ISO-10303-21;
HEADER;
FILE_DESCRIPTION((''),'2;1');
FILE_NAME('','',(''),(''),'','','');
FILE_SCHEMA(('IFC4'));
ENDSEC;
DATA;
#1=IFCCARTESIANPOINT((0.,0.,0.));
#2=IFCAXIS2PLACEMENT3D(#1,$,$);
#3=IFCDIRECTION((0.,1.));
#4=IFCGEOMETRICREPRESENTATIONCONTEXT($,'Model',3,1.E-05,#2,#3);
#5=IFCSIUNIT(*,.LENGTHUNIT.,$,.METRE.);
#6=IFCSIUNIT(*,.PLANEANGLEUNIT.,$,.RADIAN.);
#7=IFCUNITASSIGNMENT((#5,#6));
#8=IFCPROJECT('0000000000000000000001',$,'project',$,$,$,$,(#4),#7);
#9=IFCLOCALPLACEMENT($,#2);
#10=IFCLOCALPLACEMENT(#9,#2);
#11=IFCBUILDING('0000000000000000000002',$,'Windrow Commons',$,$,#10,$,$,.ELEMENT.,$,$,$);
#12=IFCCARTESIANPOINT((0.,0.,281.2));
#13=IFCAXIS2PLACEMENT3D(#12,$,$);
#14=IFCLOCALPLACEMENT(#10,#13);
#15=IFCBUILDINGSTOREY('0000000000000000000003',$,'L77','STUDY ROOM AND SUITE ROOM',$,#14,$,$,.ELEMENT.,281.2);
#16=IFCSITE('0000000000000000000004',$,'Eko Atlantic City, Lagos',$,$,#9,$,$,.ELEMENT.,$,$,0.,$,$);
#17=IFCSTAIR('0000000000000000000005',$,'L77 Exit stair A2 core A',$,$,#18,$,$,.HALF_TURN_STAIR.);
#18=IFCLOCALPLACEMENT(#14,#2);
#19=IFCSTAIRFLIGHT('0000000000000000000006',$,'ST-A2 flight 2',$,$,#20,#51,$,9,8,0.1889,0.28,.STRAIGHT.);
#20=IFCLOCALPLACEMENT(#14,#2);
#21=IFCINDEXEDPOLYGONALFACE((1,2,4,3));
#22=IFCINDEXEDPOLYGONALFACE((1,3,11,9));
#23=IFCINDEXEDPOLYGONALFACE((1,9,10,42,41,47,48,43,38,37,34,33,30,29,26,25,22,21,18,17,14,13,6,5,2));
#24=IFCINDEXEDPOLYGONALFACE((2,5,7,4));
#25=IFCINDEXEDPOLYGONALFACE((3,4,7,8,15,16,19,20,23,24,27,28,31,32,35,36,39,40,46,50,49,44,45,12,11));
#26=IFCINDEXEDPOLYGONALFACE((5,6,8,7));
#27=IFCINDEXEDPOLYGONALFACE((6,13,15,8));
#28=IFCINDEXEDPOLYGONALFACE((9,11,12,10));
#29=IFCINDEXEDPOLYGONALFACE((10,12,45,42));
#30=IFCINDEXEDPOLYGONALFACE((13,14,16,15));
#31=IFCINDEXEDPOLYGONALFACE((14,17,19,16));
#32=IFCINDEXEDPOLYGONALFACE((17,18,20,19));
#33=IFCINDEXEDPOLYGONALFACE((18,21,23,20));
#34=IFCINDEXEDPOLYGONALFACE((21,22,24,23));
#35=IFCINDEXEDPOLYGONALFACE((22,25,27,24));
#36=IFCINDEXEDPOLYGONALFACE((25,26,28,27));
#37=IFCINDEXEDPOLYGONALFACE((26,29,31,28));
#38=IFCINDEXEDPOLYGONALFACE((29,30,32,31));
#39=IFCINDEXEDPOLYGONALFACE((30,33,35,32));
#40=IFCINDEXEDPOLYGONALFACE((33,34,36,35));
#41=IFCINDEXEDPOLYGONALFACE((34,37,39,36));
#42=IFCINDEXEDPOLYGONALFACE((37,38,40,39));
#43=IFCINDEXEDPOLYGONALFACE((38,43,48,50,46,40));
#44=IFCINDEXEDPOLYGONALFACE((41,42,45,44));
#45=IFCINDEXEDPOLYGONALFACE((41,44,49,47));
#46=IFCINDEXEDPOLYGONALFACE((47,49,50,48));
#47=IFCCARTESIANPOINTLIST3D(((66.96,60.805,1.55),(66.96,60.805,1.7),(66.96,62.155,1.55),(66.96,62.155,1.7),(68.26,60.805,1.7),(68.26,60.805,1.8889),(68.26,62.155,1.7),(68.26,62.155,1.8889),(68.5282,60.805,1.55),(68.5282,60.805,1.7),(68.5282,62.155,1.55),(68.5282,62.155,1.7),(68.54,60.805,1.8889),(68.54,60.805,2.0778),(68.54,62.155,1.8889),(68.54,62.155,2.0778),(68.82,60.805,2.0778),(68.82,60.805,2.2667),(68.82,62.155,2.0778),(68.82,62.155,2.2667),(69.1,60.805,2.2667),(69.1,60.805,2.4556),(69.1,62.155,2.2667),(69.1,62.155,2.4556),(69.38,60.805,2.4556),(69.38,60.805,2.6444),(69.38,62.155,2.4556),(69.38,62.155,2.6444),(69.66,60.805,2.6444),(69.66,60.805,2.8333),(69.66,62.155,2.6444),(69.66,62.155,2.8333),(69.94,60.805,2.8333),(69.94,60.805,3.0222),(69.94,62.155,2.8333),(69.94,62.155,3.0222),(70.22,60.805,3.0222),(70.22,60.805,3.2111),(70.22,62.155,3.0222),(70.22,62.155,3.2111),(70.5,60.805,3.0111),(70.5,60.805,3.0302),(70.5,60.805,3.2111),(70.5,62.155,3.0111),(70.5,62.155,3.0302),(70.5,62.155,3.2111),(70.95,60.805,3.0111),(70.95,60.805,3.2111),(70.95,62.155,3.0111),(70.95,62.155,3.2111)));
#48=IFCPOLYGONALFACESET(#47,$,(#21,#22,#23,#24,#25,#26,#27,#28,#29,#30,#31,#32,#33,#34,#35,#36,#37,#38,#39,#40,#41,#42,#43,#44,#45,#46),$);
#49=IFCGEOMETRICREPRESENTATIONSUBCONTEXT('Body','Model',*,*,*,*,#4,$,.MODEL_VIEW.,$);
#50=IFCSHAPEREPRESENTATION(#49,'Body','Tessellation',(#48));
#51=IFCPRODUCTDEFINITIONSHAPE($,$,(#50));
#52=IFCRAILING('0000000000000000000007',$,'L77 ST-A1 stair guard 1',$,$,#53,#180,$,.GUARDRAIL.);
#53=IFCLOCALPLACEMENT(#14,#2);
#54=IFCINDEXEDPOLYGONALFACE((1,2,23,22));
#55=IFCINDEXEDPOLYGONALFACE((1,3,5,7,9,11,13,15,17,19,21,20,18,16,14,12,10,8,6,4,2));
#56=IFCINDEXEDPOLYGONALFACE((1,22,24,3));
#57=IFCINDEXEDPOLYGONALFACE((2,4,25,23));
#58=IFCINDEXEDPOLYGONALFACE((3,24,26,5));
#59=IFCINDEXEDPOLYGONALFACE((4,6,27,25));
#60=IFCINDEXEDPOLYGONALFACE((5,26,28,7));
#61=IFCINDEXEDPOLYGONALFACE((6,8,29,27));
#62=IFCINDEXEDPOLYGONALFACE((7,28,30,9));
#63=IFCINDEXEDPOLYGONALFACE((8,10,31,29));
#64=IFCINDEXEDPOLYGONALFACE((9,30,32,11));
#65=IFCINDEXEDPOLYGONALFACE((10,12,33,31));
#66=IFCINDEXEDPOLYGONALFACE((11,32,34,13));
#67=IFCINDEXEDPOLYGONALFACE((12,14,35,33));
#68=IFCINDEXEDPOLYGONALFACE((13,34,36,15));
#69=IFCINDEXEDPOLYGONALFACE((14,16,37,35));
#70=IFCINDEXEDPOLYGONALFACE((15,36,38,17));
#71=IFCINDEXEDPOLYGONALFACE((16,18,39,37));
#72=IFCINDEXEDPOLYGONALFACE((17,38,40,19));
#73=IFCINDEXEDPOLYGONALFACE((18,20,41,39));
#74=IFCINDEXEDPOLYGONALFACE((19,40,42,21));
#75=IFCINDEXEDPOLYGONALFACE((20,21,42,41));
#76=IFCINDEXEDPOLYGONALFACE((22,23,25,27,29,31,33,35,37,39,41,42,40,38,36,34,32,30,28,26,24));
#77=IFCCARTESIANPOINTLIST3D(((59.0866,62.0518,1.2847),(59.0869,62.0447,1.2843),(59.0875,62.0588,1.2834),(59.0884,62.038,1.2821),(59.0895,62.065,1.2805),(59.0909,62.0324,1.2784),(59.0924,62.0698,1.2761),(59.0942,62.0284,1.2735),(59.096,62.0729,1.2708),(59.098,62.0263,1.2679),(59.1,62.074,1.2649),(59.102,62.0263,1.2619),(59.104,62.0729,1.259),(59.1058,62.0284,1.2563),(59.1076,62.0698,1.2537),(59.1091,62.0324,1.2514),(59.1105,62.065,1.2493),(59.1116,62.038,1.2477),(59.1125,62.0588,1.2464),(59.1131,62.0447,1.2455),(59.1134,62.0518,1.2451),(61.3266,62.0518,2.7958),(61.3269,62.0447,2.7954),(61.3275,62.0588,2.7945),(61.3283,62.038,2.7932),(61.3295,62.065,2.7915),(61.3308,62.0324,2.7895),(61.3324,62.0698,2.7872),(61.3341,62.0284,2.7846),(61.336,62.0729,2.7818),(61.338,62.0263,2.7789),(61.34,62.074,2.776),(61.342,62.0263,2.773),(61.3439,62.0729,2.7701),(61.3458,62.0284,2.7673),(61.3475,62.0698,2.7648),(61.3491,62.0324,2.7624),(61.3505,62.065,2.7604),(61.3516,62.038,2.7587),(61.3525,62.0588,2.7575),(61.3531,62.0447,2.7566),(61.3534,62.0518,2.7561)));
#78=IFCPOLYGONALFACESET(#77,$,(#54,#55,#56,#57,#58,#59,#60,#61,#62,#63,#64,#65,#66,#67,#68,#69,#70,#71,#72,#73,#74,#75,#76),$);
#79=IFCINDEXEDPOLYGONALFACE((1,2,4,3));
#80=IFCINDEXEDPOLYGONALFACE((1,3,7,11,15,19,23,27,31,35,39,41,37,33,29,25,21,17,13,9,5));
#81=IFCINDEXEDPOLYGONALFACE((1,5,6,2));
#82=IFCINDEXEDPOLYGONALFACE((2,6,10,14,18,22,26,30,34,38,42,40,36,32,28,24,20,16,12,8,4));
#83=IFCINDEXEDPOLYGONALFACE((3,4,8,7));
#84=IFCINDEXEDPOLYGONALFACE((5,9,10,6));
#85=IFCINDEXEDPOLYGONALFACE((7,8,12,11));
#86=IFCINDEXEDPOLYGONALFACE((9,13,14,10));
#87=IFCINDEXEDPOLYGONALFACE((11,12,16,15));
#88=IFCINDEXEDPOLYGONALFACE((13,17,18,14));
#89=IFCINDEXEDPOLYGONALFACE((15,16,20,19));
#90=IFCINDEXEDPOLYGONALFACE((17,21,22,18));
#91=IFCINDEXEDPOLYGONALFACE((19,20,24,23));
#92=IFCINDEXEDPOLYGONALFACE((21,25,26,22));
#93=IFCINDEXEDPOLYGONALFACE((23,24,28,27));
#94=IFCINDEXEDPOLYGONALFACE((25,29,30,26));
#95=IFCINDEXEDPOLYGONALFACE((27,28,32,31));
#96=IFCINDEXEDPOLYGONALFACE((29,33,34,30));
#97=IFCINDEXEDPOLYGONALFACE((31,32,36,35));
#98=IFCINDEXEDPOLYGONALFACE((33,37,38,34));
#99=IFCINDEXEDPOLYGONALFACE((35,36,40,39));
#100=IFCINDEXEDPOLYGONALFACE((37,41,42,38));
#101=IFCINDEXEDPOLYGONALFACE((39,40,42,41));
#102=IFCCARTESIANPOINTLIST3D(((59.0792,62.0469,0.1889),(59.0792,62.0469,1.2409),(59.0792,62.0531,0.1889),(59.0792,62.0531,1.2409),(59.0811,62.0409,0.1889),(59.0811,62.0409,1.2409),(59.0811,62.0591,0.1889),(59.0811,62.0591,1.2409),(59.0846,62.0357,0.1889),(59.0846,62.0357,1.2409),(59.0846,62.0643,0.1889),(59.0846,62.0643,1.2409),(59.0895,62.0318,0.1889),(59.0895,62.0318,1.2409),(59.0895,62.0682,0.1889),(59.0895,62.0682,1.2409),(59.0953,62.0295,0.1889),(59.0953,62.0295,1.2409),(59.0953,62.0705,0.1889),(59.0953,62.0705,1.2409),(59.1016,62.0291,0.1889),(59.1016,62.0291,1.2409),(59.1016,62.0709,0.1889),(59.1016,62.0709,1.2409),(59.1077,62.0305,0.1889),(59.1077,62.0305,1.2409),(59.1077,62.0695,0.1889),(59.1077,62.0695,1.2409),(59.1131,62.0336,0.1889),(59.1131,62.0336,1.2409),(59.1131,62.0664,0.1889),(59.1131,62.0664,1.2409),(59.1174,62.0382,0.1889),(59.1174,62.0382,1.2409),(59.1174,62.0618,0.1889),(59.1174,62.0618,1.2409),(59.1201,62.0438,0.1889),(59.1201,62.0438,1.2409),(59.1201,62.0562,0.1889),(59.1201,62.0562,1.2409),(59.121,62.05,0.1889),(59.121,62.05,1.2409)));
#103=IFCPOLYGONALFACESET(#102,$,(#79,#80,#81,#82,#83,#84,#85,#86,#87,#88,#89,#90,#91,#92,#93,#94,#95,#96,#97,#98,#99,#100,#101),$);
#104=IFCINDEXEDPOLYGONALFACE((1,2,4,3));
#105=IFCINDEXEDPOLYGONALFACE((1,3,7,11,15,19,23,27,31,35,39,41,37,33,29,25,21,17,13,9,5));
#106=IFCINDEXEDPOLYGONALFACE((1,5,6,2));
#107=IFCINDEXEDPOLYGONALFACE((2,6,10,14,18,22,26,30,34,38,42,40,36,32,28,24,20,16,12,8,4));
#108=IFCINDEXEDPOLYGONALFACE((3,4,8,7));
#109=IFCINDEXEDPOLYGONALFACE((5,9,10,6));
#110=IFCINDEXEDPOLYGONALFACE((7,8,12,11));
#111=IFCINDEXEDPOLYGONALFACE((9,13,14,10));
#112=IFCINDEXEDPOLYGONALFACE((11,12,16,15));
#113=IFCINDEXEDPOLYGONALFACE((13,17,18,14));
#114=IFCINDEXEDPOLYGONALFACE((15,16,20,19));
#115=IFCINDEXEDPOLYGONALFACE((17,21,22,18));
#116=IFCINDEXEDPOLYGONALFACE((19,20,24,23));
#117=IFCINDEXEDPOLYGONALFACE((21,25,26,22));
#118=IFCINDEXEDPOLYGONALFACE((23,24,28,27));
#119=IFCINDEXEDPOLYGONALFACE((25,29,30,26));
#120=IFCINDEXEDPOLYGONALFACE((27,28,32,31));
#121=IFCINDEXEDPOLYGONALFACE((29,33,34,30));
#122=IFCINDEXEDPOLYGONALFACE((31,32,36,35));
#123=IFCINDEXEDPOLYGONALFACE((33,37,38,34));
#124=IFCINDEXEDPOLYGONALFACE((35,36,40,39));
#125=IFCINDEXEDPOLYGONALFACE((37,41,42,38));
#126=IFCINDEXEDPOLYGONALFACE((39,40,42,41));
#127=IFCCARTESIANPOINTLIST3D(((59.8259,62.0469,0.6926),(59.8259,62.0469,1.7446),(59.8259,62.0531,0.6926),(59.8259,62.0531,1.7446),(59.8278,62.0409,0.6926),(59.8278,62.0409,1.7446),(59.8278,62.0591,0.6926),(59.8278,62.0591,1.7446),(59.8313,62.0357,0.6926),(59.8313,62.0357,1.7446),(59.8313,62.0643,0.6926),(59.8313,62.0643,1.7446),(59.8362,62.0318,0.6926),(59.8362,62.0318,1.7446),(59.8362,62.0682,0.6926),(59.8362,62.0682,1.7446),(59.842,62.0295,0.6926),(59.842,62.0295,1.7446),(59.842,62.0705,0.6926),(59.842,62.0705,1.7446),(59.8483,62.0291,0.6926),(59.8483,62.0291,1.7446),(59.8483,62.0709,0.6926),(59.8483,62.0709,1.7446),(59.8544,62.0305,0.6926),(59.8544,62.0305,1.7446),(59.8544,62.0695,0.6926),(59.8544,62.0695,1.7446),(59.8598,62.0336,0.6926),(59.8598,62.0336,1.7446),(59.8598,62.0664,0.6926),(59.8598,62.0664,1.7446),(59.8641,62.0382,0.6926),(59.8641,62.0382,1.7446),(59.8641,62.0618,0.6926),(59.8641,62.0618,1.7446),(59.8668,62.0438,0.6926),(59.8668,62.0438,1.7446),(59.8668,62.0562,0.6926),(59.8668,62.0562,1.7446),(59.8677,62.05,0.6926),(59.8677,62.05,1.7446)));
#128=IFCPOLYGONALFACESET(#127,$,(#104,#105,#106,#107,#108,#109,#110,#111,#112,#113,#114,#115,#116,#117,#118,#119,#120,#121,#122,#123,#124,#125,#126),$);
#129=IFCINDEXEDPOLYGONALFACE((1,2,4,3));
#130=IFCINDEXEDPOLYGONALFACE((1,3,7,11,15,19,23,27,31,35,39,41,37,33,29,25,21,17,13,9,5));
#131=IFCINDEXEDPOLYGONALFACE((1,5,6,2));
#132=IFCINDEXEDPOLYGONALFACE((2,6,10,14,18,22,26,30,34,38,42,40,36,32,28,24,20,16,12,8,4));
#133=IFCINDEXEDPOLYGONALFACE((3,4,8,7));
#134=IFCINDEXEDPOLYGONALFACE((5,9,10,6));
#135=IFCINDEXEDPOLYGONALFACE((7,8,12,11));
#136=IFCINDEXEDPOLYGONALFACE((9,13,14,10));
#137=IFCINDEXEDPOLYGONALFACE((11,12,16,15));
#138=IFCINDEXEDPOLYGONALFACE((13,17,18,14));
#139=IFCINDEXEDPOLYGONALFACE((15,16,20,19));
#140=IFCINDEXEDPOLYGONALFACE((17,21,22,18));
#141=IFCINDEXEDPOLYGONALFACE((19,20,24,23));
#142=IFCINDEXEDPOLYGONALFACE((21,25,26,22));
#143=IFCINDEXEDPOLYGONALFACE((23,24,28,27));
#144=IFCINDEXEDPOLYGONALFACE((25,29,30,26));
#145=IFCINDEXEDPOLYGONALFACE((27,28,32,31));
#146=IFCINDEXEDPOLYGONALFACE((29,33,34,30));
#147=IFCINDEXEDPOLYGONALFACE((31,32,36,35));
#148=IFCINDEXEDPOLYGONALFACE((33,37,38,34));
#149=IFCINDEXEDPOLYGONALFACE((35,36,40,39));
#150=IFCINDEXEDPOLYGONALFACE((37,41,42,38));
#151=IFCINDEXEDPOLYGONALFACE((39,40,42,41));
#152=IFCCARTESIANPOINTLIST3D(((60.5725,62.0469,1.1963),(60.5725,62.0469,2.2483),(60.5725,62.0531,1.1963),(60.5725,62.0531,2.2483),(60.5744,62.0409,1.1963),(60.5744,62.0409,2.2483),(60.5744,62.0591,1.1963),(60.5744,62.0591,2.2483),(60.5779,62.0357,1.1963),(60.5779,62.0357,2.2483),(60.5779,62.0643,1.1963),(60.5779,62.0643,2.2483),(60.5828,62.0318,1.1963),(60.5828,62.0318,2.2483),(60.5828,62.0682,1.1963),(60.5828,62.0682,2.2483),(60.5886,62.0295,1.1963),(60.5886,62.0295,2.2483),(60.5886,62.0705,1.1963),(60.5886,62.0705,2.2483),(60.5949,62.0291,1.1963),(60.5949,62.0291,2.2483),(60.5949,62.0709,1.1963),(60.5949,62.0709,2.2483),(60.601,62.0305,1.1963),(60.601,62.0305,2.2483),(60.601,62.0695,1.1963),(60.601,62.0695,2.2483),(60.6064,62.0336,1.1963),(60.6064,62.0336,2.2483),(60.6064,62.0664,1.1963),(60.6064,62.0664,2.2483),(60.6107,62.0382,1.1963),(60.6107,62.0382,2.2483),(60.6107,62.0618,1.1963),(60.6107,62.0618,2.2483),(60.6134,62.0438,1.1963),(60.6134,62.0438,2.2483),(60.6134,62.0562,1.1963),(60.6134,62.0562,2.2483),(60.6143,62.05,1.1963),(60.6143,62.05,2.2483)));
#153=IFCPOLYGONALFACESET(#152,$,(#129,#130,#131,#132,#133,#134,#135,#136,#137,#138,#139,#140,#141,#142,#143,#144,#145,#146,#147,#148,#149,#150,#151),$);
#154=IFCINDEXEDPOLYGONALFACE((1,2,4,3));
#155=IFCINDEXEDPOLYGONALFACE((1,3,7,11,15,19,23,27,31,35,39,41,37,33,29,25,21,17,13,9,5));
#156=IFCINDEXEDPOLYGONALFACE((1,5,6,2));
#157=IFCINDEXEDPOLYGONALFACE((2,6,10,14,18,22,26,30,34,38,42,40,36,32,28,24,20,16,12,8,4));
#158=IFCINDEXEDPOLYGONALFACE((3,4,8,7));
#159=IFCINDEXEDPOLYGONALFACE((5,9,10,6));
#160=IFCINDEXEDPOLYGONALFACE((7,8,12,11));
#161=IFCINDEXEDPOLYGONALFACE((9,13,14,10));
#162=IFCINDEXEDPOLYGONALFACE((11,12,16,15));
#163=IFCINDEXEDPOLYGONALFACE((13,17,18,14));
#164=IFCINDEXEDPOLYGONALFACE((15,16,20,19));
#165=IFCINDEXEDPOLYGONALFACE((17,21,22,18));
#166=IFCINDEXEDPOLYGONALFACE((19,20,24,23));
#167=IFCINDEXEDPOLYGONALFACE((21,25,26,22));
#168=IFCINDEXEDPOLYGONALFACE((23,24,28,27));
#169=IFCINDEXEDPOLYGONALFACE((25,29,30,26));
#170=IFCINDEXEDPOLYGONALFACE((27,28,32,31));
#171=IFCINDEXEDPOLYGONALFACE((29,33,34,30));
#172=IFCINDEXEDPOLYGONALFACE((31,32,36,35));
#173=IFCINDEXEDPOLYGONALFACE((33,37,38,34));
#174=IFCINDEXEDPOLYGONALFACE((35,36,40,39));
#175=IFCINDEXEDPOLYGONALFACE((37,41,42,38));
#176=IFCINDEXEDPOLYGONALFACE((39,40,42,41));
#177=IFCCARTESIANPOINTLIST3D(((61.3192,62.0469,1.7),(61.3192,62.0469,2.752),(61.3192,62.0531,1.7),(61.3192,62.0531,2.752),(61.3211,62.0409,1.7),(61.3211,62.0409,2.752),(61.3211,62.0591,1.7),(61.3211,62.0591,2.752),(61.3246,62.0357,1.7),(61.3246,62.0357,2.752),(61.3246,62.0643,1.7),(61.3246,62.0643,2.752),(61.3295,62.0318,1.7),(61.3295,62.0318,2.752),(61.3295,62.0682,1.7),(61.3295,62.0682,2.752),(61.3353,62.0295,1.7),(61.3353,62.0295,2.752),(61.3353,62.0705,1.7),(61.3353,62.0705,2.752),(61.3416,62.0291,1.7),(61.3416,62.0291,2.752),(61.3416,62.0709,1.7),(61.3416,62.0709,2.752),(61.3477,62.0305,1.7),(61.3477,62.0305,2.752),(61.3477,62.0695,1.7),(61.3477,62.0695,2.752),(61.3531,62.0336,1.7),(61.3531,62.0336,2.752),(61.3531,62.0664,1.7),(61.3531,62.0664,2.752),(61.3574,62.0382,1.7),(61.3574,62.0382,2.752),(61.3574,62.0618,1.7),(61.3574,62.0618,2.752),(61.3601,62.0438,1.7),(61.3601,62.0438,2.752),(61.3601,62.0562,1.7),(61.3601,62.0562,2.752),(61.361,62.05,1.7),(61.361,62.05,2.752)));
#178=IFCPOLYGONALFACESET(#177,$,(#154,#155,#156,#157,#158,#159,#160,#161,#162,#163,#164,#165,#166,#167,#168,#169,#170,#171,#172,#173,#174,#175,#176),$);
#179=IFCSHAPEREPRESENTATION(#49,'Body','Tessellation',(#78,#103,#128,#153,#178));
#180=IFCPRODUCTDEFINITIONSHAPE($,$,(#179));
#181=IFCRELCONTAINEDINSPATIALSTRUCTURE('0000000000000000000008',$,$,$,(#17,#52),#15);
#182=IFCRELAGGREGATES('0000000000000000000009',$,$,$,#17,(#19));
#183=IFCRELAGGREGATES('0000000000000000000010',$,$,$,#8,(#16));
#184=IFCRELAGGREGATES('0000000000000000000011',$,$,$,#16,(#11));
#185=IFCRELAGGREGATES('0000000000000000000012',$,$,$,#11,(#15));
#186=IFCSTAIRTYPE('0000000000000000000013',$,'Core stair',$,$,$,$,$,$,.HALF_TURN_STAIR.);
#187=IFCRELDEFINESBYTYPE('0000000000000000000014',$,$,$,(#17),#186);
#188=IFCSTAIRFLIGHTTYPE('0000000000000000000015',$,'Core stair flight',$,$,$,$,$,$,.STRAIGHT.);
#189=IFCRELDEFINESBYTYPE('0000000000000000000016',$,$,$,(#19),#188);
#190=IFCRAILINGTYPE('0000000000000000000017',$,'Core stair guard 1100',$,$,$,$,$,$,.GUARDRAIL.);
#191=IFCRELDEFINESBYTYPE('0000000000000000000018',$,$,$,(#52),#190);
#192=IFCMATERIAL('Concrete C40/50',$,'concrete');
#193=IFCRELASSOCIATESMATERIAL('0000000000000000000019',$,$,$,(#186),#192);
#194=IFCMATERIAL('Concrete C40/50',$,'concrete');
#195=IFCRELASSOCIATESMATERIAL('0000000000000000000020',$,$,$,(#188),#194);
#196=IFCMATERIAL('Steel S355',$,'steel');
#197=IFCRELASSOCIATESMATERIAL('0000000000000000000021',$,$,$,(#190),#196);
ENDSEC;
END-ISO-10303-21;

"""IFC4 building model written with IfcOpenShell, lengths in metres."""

from ifc_helpers import new_model, si_unit, direction, frame, origin, origin_2d, place, context, subcontext, project, spatial, polyline, circle, outline, extrude, material, type_object, element, aggregate, save


model = new_model("IFC4")

# Units and contexts
model_context = context("Model", 3, precision=1e-05, world=origin(), true_north=direction((0.0, 1.0)))
body_context = subcontext(model_context, "Body", "Model", "MODEL_VIEW")
ifc_project = project(units=[si_unit("LENGTHUNIT", "METRE"), si_unit("PLANEANGLEUNIT", "RADIAN")], contexts=[model_context])

# Site, building, storey
site_placement = place(None, origin())
site = spatial("IfcSite", under=ifc_project, at=site_placement, Name="Eko Atlantic City, Lagos", CompositionType="ELEMENT", RefElevation=0.0)
building_placement = place(site_placement, origin())
building = spatial("IfcBuilding", under=site, at=building_placement, Name="Windrow Commons", CompositionType="ELEMENT")
storey_placement = place(building_placement, frame((0.0, 0.0, 281.2)))
storey = spatial("IfcBuildingStorey", under=building, at=storey_placement, Name="L77", Description="STUDY ROOM AND SUITE ROOM", CompositionType="ELEMENT", Elevation=281.2)

# Shared definitions
ifc_material_1 = material(Name="Concrete C40/50", Category="concrete")
stair_type = type_object("IfcStairType", Name="Core stair", PredefinedType="HALF_TURN_STAIR", material=ifc_material_1)
placement = place(storey_placement, origin())
ifc_material_2 = material(Name="Concrete C40/50", Category="concrete")
stair_flight_type = type_object("IfcStairFlightType", Name="Core stair flight", PredefinedType="STRAIGHT", material=ifc_material_2)

# Stair, stair flight
stair_1 = element("IfcStair", 1, at=placement, inside=storey, type_object=stair_type, Name="L77 Exit stair A2 core A", PredefinedType="HALF_TURN_STAIR")
stair_flight_1_placement = place(storey_placement, frame((68.26, 61.48, 1.7), z_axis=(0.0, 0.0, 1.0), x_axis=(1.0, 0.0, 0.0)))
stair_flight_1 = element("IfcStairFlight", 2, at=stair_flight_1_placement, type_object=stair_flight_type, Name="ST-A2 flight 2", NumberOfRisers=9, NumberOfTreads=8, PredefinedType="STRAIGHT", RiserHeight=0.1889, TreadLength=0.28, context=body_context, shape_type="SweptSolid", body=[
    extrude(outline(polyline([(-1.3, -0.15), (-1.3, 0.0), (0.0, 0.0), (0.0, 0.1889), (0.28, 0.1889), (0.28, 0.3778), (0.56, 0.3778), (0.56, 0.5667), (0.84, 0.5667), (0.84, 0.7556), (1.12, 0.7556), (1.12, 0.9444), (1.4, 0.9444), (1.4, 1.1333), (1.68, 1.1333), (1.68, 1.3222), (1.96, 1.3222), (1.96, 1.5111), (2.24, 1.5111), (2.69, 1.5111), (2.69, 1.3111), (2.24, 1.3111), (2.24, 1.3302), (0.2682, 0.0), (0.2682, -0.15), (-1.3, -0.15)])), frame((0.0, 0.675, 0.0), z_axis=(0.0, -1.0, 0.0), x_axis=(1.0, 0.0, 0.0)), (0.0, 0.0, 1.0), 1.35),
])
aggregate(stair_1, [stair_flight_1])

# Railing
ifc_material_3 = material(Name="Steel S355", Category="steel")
railing_type_1 = type_object("IfcRailingType", Name="Core stair guard 1100", PredefinedType="GUARDRAIL", material=ifc_material_3)
railing_1_placement = place(storey_placement, frame((59.1, 62.05, 0.1889)))
element("IfcRailing", 3, at=railing_1_placement, inside=storey, type_object=railing_type_1, Name="L77 ST-A1 stair guard 1", PredefinedType="GUARDRAIL", context=body_context, shape_type="SweptSolid", body=[
    extrude(circle(Radius=0.024, at=origin_2d()), frame((0.0, 0.0, 1.076), z_axis=(0.829003, 0.0, 0.559244), x_axis=(0.0, 1.0, 0.0)), (0.0, 0.0, 1.0), 2.702),
    extrude(circle(Radius=0.021, at=origin_2d()), origin(), (0.0, 0.0, 1.0), 1.052),
    extrude(circle(Radius=0.021, at=origin_2d()), frame((0.7467, 0.0, 0.5037)), (0.0, 0.0, 1.0), 1.052),
    extrude(circle(Radius=0.021, at=origin_2d()), frame((1.4933, 0.0, 1.0074)), (0.0, 0.0, 1.0), 1.052),
    extrude(circle(Radius=0.021, at=origin_2d()), frame((2.24, 0.0, 1.5111)), (0.0, 0.0, 1.0), 1.052),
])

save(model, "model.ifc")
